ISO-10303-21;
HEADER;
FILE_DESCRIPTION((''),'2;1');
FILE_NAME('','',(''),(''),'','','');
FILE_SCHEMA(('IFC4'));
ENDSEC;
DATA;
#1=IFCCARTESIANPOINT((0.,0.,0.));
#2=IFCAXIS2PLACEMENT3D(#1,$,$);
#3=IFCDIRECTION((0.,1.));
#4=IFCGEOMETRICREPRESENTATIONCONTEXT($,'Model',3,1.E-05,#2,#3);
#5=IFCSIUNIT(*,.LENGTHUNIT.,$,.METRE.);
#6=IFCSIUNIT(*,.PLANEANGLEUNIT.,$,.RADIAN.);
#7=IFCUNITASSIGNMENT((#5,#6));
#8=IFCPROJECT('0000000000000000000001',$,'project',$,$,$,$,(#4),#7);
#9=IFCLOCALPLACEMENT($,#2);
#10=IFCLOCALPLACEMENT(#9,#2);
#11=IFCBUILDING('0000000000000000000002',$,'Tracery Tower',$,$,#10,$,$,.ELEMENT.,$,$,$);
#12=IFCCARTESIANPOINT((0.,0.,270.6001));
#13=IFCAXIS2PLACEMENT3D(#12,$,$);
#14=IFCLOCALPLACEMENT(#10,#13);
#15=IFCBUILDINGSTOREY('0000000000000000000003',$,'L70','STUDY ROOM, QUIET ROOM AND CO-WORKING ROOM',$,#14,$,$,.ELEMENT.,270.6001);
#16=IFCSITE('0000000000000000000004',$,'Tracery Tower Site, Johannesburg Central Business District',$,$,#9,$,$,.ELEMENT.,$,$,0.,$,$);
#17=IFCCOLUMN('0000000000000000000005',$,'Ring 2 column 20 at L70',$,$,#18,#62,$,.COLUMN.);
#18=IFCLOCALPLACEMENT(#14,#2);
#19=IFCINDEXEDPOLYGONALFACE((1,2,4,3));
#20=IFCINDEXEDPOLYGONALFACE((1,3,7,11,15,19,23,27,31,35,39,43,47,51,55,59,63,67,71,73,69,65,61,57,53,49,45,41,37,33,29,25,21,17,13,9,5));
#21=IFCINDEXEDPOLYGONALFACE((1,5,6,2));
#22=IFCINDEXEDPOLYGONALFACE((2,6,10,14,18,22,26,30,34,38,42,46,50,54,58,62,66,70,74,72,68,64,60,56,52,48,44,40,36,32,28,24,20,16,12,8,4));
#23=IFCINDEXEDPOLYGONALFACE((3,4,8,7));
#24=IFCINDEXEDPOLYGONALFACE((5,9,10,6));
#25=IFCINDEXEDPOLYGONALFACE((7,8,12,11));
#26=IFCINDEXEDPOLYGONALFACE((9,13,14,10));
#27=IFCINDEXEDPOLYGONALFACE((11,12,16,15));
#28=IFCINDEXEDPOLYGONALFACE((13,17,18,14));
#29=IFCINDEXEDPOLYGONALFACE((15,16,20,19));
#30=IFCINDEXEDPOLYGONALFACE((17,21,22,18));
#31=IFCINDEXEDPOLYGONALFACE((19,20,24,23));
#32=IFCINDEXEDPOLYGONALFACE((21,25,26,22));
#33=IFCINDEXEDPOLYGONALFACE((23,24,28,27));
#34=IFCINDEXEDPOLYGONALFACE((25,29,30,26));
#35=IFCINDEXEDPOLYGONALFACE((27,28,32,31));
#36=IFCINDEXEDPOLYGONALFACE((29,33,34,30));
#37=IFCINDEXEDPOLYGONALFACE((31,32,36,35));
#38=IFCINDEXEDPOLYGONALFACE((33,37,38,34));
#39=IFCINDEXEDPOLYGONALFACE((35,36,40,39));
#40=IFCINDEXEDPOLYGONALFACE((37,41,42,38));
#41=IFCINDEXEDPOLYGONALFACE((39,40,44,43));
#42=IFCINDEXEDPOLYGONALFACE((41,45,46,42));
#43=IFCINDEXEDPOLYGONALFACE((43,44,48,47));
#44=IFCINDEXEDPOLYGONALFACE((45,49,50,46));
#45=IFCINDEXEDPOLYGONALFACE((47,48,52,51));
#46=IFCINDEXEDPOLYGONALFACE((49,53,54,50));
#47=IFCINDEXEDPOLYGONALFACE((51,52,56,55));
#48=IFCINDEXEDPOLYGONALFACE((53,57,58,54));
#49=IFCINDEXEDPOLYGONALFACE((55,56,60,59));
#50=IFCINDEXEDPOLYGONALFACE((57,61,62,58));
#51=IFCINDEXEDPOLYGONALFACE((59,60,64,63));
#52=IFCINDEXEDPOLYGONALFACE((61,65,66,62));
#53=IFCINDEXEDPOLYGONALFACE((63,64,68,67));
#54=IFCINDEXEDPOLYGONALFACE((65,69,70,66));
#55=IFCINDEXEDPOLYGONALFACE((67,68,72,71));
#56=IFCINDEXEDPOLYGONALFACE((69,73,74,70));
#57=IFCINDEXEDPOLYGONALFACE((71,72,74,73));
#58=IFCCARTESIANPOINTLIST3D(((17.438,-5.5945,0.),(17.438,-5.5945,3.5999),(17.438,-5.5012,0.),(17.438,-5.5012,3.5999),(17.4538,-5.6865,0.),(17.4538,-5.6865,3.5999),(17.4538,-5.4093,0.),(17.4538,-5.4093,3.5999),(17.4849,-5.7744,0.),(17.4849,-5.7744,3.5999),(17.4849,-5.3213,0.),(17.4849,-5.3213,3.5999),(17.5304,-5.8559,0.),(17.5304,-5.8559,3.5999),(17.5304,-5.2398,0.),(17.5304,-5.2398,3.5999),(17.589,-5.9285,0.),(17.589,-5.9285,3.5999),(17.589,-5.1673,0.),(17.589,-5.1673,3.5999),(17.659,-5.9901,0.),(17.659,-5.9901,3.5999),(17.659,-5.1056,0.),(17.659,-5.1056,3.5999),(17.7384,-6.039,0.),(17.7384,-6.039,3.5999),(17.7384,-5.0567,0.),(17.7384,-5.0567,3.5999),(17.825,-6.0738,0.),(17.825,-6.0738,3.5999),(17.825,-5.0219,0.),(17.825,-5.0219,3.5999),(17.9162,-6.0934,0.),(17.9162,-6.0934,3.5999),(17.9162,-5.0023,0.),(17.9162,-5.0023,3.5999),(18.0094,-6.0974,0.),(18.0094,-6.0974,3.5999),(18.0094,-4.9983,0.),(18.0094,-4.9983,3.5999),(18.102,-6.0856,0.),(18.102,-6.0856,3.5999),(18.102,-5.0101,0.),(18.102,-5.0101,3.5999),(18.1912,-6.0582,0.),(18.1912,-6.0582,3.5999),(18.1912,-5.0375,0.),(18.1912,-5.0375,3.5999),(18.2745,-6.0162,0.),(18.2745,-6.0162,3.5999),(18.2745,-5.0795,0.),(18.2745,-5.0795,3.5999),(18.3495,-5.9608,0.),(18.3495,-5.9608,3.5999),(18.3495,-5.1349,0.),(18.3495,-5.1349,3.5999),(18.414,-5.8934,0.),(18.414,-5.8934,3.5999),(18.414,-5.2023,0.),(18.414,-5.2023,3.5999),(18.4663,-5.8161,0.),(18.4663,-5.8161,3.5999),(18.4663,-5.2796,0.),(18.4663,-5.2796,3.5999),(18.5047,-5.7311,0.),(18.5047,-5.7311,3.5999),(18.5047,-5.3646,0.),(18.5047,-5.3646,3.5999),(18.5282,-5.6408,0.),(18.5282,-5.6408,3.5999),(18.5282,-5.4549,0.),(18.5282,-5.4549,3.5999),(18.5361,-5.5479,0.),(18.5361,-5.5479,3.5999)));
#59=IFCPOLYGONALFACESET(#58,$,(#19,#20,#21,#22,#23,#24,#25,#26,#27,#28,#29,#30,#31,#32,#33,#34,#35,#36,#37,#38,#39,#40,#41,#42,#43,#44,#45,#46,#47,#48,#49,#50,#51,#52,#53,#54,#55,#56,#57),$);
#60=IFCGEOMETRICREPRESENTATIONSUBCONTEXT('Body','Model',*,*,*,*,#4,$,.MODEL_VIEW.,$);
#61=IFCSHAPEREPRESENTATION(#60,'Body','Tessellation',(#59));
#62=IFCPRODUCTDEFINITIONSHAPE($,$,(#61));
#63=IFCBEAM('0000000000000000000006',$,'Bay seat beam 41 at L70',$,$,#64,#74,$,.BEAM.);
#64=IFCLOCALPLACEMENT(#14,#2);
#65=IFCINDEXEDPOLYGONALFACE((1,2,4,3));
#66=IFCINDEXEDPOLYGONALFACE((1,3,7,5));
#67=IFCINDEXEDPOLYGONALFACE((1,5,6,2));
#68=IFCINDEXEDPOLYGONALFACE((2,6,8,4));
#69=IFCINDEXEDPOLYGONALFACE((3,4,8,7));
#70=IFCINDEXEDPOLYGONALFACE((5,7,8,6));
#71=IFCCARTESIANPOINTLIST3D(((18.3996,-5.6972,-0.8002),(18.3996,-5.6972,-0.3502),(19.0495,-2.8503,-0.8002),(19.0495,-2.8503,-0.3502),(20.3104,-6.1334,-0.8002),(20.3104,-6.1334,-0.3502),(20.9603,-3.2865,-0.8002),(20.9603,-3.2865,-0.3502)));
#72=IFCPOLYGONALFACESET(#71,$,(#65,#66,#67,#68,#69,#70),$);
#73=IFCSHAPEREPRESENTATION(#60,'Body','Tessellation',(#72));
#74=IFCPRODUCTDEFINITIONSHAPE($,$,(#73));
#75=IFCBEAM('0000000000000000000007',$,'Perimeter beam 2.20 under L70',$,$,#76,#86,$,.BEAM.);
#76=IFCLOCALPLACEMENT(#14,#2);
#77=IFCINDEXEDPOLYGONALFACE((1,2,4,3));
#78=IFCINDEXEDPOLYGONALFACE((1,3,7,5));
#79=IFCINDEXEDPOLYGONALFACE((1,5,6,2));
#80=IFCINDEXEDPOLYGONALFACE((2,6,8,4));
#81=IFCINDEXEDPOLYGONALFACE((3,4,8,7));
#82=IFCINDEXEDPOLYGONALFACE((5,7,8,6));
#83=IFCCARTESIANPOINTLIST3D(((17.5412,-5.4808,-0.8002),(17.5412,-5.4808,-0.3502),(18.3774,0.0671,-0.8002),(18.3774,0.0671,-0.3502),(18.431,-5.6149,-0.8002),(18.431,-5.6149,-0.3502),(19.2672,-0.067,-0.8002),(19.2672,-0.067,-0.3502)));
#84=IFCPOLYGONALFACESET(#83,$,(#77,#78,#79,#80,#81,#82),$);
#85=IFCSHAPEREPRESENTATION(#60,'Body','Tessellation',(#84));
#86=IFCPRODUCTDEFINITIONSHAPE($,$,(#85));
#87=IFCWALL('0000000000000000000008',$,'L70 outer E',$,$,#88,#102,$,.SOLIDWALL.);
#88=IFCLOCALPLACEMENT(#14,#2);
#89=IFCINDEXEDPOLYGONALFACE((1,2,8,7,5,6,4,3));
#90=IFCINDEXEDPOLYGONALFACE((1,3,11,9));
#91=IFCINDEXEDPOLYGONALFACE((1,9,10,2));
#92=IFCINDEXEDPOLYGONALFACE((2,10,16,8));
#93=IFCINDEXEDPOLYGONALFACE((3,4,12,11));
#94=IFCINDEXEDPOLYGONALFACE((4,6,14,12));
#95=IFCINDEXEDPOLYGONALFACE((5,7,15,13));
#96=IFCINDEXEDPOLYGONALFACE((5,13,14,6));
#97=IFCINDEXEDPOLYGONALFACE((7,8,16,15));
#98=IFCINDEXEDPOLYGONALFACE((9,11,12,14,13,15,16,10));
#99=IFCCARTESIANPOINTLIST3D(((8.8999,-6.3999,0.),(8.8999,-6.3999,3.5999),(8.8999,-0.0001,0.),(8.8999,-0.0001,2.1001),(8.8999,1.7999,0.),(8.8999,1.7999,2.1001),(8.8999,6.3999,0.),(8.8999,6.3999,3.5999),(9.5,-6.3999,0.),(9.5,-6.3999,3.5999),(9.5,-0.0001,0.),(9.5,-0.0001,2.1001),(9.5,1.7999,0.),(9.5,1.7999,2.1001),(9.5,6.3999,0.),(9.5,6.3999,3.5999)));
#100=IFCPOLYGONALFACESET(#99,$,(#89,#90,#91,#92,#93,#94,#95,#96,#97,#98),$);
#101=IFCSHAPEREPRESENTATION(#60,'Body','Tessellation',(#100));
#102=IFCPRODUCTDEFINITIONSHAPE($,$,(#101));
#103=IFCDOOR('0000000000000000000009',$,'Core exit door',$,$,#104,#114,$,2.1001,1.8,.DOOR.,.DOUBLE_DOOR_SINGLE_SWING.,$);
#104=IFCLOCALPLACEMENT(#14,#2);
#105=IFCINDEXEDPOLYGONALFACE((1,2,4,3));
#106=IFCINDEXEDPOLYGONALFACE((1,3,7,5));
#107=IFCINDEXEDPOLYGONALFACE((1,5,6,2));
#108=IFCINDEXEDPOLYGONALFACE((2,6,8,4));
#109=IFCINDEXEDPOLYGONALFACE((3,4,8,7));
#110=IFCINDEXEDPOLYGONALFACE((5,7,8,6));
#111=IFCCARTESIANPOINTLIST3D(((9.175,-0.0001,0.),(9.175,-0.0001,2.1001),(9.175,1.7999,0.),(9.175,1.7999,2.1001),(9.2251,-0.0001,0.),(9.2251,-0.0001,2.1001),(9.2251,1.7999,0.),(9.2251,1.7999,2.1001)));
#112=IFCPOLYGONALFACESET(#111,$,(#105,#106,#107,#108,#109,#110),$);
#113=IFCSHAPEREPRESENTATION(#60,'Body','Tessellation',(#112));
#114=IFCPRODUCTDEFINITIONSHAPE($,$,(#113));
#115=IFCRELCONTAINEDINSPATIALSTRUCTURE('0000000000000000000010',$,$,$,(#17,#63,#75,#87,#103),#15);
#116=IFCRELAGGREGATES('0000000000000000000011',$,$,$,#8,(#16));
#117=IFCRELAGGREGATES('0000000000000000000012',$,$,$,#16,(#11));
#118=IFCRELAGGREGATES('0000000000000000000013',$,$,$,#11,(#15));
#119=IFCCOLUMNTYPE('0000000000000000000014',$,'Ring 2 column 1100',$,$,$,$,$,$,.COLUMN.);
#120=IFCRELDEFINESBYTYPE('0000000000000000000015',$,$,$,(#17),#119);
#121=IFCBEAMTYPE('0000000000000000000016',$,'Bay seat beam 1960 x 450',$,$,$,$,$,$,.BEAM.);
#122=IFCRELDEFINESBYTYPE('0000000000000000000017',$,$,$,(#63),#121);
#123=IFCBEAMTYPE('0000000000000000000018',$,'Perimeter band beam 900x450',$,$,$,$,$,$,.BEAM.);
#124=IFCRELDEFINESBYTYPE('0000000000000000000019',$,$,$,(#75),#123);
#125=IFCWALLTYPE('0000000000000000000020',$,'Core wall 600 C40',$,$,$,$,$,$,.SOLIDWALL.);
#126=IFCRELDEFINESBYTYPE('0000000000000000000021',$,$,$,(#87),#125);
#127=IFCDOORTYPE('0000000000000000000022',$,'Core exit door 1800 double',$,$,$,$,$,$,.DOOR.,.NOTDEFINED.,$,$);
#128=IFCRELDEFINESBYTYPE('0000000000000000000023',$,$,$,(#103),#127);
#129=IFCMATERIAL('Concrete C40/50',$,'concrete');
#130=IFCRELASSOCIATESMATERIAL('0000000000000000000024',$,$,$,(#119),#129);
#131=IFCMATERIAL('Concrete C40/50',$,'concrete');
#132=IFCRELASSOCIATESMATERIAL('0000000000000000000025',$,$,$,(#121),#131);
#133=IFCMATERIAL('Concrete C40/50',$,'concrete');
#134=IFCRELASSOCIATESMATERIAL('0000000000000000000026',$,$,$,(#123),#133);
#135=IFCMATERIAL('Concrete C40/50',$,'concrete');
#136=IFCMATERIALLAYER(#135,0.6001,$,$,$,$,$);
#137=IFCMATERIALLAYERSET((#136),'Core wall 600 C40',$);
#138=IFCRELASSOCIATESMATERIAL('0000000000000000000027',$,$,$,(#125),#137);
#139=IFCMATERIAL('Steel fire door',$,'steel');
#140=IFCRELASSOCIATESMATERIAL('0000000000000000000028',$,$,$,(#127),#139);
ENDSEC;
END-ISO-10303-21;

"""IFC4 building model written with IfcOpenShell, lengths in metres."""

from ifc_helpers import new_model, si_unit, direction, frame, frame_2d, origin, origin_2d, place, context, subcontext, project, spatial, rectangle, circle, extrude, material, layer, layer_set, material_profile, profile_set, type_object, element, fill, save


model = new_model("IFC4")

# Units and contexts
model_context = context("Model", 3, precision=1e-05, world=origin(), true_north=direction((0.0, 1.0)))
body_context = subcontext(model_context, "Body", "Model", "MODEL_VIEW")
ifc_project = project(units=[si_unit("LENGTHUNIT", "METRE"), si_unit("PLANEANGLEUNIT", "RADIAN")], contexts=[model_context])

# Site, building, storey
site_placement = place(None, origin())
site = spatial("IfcSite", under=ifc_project, at=site_placement, Name="Tracery Tower Site, Johannesburg Central Business District", CompositionType="ELEMENT", RefElevation=0.0)
building_placement = place(site_placement, origin())
building = spatial("IfcBuilding", under=site, at=building_placement, Name="Tracery Tower", CompositionType="ELEMENT")
storey_placement = place(building_placement, frame((0.0, 0.0, 270.6001)))
storey = spatial("IfcBuildingStorey", under=building, at=storey_placement, Name="L70", Description="STUDY ROOM, QUIET ROOM AND CO-WORKING ROOM", CompositionType="ELEMENT", Elevation=270.6001)

# Column
ifc_material_1 = material(Name="Concrete C40/50", Category="concrete")
ifc_material_profile_1 = material_profile(ifc_material_1, circle(Radius=0.55, at=origin_2d()), Name="RC D1100")
ifc_profile_set_1 = profile_set([ifc_material_profile_1], Name="Concrete C40/50")
column_type = type_object("IfcColumnType", Name="Ring 2 column 1100", PredefinedType="COLUMN", material=ifc_profile_set_1)
column_placement = place(storey_placement, frame((17.9861, -5.5479, 0.0), z_axis=(0.0, 0.0, 1.0), x_axis=(1.0, 0.0, 0.0)))
element("IfcColumn", 1, at=column_placement, inside=storey, type_object=column_type, Name="Ring 2 column 20 at L70", PredefinedType="COLUMN", context=body_context, shape_type="SweptSolid", body=[
    extrude(circle(Radius=0.55, at=origin_2d()), origin(), (0.0, 0.0, 1.0), 3.5999),
])

# Beams
ifc_material_2 = material(Name="Concrete C40/50", Category="concrete")
ifc_material_profile_2 = material_profile(ifc_material_2, rectangle(XDim=1.96, YDim=0.45, at=origin_2d()), Name="RC 1960x450")
ifc_profile_set_2 = profile_set([ifc_material_profile_2], Name="Concrete C40/50")
beam_type_1 = type_object("IfcBeamType", Name="Bay seat beam 1960 x 450", PredefinedType="BEAM", material=ifc_profile_set_2)
beam_1_placement = place(storey_placement, frame((19.355, -5.9153, -0.5752), z_axis=(0.222557, 0.97492, 0.0), x_axis=(-0.97492, 0.222557, 0.0)))
element("IfcBeam", 2, at=beam_1_placement, inside=storey, type_object=beam_type_1, Name="Bay seat beam 41 at L70", PredefinedType="BEAM", context=body_context, shape_type="SweptSolid", body=[
    extrude(rectangle(XDim=1.96, YDim=0.45, at=origin_2d()), origin(), (0.0, 0.0, 1.0), 2.9202),
])
ifc_material_3 = material(Name="Concrete C40/50", Category="concrete")
ifc_material_profile_3 = material_profile(ifc_material_3, rectangle(XDim=0.8999, YDim=0.45, at=origin_2d()), Name="RC 900x450")
ifc_profile_set_3 = profile_set([ifc_material_profile_3], Name="Concrete C40/50")
beam_type_2 = type_object("IfcBeamType", Name="Perimeter band beam 900x450", PredefinedType="BEAM", material=ifc_profile_set_3)
beam_2_placement = place(storey_placement, frame((17.9861, -5.5479, -0.5752), z_axis=(0.149038, 0.988831, 0.0), x_axis=(-0.988831, 0.149038, 0.0)))
element("IfcBeam", 3, at=beam_2_placement, inside=storey, type_object=beam_type_2, Name="Perimeter beam 2.20 under L70", PredefinedType="BEAM", context=body_context, shape_type="SweptSolid", body=[
    extrude(rectangle(XDim=0.8999, YDim=0.45, at=origin_2d()), origin(), (0.0, 0.0, 1.0), 5.6106),
])

# Wall, opening, door
ifc_material_4 = material(Name="Concrete C40/50", Category="concrete")
ifc_layer_1 = layer(ifc_material_4, 0.6001)
ifc_layer_set_1 = layer_set([ifc_layer_1], Name="Core wall 600 C40")
wall_type_1 = type_object("IfcWallType", Name="Core wall 600 C40", PredefinedType="SOLIDWALL", material=ifc_layer_set_1)
wall_1_placement = place(storey_placement, frame((9.2, -6.3999, 0.0), z_axis=(0.0, 0.0, 1.0), x_axis=(0.0, 1.0, 0.0)))
wall_1 = element("IfcWall", 4, at=wall_1_placement, inside=storey, type_object=wall_type_1, Name="L70 outer E", PredefinedType="SOLIDWALL", context=body_context, shape_type="SweptSolid", body=[
    extrude(rectangle(XDim=12.7998, YDim=0.6001, at=frame_2d((6.3999, 0.0))), origin(), (0.0, 0.0, 1.0), 3.5999),
])
opening_1_placement = place(wall_1_placement, frame((6.3999, 0.0, 0.0)))
opening_1 = element("IfcOpeningElement", 5, at=opening_1_placement, cuts=wall_1, PredefinedType="OPENING", context=body_context, shape_type="SweptSolid", body=[
    extrude(rectangle(XDim=1.8, YDim=2.1001, at=frame_2d((0.8999, 1.05))), frame((0.0, 0.3, 0.0), z_axis=(0.0, -1.0, 0.0), x_axis=(1.0, 0.0, 0.0)), (0.0, 0.0, 1.0), 0.6001),
])
ifc_material_5 = material(Name="Steel fire door", Category="steel")
door_type_1 = type_object("IfcDoorType", Name="Core exit door 1800 double", OperationType="NOTDEFINED", PredefinedType="DOOR", material=ifc_material_5)
door_1_placement = place(opening_1_placement, origin())
door_1 = element("IfcDoor", 6, at=door_1_placement, inside=storey, type_object=door_type_1, Name="Core exit door", OperationType="DOUBLE_DOOR_SINGLE_SWING", OverallHeight=2.1001, OverallWidth=1.8, PredefinedType="DOOR", context=body_context, shape_type="SweptSolid", body=[
    extrude(rectangle(XDim=1.8, YDim=2.1001, at=frame_2d((0.8999, 1.05))), frame((0.0, 0.0249, 0.0), z_axis=(0.0, -1.0, 0.0), x_axis=(1.0, 0.0, 0.0)), (0.0, 0.0, 1.0), 0.05),
])
fill(opening_1, door_1)

save(model, "model.ifc")
